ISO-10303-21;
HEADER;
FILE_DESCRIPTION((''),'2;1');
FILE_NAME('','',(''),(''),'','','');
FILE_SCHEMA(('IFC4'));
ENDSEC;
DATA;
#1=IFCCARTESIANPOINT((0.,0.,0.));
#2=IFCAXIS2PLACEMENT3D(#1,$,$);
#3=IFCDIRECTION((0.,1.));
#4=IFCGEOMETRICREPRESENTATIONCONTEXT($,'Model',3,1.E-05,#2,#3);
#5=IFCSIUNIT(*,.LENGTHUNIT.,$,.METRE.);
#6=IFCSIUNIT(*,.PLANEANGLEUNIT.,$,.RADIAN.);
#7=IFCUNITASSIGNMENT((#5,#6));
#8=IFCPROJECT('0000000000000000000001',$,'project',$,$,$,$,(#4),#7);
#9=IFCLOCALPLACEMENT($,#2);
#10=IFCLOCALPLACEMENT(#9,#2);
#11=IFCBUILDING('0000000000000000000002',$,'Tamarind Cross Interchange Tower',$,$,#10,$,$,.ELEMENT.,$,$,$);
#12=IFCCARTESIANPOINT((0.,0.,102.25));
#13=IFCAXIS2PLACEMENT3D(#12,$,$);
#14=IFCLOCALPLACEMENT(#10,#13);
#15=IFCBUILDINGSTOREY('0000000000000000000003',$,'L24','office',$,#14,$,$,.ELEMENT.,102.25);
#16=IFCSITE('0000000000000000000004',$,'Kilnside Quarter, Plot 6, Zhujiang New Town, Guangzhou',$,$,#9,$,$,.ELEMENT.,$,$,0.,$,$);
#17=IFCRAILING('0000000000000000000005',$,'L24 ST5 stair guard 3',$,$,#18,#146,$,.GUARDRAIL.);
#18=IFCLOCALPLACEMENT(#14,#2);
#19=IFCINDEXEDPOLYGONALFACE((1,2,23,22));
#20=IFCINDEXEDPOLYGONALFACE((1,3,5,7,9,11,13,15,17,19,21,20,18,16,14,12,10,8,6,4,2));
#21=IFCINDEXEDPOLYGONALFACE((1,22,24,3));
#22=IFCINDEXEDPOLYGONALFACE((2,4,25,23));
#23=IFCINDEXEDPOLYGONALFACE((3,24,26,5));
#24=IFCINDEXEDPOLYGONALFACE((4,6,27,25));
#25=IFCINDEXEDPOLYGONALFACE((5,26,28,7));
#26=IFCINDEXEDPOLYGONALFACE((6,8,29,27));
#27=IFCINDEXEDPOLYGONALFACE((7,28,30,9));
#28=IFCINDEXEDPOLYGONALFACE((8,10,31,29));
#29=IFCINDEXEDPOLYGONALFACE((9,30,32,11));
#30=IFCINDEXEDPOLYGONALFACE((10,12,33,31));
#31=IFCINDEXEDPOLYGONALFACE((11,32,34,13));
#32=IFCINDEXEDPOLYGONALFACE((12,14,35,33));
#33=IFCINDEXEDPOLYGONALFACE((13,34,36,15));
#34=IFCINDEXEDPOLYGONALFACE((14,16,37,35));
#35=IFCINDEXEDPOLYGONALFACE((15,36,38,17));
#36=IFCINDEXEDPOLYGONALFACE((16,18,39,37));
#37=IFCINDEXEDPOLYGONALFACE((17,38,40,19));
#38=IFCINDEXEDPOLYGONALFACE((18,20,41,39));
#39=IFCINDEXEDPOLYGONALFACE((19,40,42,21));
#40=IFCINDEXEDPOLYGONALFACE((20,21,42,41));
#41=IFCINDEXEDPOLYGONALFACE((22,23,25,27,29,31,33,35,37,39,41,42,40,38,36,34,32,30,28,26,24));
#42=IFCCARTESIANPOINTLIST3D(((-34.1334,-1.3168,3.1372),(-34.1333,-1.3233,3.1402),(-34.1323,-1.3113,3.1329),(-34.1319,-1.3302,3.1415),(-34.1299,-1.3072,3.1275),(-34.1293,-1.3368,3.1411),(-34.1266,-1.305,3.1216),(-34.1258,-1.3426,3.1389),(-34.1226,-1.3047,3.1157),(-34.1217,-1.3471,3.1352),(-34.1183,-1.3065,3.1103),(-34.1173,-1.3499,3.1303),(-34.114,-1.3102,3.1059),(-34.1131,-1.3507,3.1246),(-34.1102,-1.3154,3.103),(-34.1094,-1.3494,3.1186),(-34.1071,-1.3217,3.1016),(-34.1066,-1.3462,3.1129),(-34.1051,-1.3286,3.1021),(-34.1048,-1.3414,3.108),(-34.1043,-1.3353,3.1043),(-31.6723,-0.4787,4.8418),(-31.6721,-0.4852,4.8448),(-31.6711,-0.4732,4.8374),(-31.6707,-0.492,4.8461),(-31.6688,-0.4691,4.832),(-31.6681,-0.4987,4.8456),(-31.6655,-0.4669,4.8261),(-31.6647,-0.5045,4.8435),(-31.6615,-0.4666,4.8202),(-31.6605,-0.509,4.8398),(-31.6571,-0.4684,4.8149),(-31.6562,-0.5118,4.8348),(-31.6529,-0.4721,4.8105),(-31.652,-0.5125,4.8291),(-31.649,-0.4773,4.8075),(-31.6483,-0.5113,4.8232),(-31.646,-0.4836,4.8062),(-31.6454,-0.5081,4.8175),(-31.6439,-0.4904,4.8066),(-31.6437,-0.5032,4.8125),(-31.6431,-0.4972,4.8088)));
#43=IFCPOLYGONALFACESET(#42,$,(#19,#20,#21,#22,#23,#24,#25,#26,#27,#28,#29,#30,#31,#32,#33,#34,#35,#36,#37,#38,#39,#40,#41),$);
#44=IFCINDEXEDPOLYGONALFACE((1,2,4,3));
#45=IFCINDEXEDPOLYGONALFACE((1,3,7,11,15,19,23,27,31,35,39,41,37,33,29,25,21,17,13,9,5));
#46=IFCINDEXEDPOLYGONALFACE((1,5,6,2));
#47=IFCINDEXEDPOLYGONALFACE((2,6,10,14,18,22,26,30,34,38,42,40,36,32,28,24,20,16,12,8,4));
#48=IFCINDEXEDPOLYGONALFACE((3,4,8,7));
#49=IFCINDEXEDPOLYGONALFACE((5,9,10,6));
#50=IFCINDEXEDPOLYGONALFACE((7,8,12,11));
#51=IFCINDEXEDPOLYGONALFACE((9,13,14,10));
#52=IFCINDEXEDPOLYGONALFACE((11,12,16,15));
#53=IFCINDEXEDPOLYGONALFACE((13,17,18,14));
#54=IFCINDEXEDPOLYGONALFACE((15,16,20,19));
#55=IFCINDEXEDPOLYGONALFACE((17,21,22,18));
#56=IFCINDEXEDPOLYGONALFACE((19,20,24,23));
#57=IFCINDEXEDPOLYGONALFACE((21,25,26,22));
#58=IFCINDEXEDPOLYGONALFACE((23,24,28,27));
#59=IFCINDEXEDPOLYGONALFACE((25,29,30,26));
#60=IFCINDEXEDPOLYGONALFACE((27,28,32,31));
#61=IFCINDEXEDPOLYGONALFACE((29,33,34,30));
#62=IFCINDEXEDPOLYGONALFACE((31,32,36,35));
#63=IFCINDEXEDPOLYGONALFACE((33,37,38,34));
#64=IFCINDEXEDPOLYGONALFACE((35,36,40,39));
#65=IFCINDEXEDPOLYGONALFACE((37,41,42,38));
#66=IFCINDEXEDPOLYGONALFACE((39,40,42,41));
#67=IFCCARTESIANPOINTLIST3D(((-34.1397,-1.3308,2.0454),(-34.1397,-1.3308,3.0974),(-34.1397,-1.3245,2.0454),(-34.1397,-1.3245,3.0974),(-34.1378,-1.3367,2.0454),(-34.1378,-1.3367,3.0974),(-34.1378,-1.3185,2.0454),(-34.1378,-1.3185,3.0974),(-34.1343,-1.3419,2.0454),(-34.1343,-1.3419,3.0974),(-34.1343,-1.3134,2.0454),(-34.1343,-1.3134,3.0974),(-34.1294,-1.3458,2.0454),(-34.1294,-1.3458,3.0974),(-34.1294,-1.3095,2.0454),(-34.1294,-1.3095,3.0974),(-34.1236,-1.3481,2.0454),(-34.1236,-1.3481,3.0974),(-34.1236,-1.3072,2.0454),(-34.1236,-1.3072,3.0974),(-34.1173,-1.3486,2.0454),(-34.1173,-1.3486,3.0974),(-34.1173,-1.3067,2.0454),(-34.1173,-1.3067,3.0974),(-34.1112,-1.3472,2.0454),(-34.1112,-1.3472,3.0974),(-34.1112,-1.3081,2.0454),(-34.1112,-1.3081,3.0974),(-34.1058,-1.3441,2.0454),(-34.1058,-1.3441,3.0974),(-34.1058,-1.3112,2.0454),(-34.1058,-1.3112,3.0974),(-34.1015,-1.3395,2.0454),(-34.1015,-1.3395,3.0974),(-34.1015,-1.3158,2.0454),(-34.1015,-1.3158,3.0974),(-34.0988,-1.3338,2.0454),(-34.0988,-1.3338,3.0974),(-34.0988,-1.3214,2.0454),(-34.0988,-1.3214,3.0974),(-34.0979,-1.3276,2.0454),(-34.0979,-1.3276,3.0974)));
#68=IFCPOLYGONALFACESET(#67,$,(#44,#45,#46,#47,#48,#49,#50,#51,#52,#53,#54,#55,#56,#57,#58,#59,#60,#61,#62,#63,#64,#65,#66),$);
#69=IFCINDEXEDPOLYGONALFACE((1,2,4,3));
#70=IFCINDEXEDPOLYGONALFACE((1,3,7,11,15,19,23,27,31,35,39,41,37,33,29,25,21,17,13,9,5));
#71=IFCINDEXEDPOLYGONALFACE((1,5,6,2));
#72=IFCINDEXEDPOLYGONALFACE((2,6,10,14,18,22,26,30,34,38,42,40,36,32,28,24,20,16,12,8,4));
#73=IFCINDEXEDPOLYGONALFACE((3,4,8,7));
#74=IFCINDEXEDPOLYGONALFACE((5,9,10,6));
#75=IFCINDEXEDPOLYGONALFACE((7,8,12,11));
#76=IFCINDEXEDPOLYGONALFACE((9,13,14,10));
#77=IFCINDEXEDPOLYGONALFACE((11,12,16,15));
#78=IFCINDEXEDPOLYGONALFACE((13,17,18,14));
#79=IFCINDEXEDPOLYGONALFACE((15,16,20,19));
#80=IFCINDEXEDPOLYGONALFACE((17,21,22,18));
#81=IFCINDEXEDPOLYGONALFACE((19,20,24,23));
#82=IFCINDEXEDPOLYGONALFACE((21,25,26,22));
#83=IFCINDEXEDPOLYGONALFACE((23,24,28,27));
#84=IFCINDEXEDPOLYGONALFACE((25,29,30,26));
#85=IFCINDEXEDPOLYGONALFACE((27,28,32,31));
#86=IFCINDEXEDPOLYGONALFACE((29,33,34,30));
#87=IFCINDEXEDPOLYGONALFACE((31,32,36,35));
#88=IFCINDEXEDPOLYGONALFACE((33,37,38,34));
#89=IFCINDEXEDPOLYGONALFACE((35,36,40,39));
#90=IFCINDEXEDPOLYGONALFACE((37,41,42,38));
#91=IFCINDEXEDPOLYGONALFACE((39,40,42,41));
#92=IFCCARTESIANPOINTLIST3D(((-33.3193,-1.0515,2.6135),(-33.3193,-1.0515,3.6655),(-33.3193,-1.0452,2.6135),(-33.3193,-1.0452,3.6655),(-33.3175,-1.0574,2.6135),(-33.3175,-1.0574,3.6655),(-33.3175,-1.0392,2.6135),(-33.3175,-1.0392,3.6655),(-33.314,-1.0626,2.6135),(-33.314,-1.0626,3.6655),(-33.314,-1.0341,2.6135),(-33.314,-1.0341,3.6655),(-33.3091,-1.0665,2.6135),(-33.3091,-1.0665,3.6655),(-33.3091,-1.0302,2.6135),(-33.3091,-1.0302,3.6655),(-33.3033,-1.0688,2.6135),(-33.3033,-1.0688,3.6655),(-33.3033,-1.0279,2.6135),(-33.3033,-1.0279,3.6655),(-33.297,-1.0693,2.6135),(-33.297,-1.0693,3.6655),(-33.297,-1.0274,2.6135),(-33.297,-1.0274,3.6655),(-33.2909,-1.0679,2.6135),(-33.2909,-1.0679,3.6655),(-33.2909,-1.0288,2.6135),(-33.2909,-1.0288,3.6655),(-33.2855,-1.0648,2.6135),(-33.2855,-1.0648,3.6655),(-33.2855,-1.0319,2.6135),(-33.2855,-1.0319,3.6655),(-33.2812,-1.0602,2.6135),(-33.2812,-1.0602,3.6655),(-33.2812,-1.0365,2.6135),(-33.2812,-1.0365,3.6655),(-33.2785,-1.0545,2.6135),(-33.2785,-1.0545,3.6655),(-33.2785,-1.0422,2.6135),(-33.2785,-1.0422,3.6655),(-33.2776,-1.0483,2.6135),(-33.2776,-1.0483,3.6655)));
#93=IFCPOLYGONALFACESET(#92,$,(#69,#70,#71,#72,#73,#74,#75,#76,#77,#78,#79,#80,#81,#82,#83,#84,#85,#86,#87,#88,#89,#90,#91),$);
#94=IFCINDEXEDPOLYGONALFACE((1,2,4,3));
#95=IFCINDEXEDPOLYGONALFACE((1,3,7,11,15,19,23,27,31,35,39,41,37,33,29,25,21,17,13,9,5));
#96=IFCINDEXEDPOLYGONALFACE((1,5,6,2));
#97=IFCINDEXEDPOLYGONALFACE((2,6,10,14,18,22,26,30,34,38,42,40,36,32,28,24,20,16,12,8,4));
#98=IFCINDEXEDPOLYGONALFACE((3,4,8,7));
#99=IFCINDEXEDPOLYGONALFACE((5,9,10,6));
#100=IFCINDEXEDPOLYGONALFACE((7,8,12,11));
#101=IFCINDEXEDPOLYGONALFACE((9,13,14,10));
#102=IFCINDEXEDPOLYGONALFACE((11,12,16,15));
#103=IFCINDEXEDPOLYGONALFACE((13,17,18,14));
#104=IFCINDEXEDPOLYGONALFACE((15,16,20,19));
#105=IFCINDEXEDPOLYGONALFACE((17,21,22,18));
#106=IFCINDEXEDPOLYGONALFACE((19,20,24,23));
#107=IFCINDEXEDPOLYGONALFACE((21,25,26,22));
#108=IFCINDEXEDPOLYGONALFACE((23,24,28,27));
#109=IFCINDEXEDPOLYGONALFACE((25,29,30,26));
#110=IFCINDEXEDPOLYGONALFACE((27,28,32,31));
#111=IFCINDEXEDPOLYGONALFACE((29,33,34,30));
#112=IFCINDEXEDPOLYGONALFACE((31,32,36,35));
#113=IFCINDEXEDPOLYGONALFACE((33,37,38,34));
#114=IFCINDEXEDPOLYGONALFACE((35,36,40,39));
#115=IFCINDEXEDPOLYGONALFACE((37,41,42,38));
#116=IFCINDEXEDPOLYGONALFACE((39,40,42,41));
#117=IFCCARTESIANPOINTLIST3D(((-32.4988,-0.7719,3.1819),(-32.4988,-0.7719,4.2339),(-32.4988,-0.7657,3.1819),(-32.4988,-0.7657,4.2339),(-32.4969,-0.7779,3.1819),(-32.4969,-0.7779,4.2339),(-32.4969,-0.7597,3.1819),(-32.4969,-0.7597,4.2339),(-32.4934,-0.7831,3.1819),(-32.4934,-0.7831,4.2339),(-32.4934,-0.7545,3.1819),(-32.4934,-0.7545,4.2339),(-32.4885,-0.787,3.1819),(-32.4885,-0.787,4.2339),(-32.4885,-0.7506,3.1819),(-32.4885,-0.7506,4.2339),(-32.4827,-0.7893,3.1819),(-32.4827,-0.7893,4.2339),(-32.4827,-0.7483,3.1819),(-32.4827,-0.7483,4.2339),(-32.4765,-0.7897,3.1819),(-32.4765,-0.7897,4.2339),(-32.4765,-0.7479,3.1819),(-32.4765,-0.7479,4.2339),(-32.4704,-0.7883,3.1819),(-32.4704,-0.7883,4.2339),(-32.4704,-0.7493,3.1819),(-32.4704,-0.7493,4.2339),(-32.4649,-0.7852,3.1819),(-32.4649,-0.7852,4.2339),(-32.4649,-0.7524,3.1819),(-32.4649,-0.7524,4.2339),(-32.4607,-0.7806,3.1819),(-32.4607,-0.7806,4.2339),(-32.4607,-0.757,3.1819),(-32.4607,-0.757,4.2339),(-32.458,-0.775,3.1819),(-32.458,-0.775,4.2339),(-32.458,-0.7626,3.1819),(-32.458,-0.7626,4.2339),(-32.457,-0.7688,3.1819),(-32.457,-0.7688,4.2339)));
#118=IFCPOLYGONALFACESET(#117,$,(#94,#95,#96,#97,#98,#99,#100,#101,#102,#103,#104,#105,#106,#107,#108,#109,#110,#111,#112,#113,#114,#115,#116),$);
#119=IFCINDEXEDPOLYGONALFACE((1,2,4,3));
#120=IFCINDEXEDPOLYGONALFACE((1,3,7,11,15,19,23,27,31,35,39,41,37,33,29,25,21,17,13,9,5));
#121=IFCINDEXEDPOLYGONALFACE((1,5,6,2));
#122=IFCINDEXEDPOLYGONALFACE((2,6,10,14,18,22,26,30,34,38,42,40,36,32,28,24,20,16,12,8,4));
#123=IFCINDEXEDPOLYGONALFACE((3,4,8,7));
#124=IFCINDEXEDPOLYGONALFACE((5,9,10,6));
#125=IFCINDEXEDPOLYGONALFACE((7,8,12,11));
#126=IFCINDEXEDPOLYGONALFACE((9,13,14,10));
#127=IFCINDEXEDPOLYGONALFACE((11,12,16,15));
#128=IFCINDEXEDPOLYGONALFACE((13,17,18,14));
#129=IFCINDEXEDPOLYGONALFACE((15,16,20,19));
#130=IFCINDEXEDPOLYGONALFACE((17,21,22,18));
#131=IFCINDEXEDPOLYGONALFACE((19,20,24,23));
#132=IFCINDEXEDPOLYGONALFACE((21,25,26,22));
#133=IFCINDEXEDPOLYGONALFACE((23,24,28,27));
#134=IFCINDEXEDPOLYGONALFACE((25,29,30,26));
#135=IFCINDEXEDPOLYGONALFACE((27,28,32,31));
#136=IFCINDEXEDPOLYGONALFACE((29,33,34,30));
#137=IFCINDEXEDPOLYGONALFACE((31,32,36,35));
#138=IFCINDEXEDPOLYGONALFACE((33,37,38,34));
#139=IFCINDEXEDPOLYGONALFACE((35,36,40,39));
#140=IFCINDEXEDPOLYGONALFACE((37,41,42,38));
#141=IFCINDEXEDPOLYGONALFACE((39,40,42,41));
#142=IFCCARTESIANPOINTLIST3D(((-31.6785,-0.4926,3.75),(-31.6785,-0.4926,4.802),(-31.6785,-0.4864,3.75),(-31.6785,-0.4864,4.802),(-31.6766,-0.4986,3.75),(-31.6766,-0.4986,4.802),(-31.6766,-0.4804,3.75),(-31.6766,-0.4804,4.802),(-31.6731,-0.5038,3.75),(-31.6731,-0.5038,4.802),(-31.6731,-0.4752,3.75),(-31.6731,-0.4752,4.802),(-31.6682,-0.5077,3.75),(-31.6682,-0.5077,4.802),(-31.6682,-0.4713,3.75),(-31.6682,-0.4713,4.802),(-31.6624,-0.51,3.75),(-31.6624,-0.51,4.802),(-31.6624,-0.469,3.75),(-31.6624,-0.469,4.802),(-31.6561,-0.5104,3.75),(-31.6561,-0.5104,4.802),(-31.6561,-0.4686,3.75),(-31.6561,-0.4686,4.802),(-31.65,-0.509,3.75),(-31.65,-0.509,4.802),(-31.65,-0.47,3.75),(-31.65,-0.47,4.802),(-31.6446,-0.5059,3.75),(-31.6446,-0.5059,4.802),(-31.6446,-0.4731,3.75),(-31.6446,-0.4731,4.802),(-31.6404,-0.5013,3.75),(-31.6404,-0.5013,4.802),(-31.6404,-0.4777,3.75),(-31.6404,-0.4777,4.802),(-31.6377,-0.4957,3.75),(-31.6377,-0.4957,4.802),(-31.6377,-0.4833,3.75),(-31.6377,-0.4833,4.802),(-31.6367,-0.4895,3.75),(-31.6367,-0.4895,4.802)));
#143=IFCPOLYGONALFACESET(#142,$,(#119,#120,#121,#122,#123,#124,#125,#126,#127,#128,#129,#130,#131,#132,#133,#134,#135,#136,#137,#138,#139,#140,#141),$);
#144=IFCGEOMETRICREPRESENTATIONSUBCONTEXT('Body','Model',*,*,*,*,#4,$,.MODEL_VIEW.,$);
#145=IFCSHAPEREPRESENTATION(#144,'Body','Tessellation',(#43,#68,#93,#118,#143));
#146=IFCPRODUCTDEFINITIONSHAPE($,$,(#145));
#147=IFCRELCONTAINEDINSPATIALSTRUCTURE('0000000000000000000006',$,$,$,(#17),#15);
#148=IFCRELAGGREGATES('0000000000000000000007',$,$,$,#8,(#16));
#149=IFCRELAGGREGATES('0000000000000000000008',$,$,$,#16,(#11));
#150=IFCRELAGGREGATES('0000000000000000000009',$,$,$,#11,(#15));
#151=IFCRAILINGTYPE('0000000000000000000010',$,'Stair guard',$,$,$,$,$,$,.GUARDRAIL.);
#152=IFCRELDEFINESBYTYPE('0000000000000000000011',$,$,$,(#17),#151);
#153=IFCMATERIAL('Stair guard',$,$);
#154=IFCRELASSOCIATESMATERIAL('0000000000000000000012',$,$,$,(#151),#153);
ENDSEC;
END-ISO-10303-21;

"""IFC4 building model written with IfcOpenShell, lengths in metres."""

from ifc_helpers import new_model, si_unit, direction, frame, origin, origin_2d, place, context, subcontext, project, spatial, circle, extrude, material, type_object, element, save


model = new_model("IFC4")

# Units and contexts
model_context = context("Model", 3, precision=1e-05, world=origin(), true_north=direction((0.0, 1.0)))
body_context = subcontext(model_context, "Body", "Model", "MODEL_VIEW")
ifc_project = project(units=[si_unit("LENGTHUNIT", "METRE"), si_unit("PLANEANGLEUNIT", "RADIAN")], contexts=[model_context])

# Site, building, storey
site_placement = place(None, origin())
site = spatial("IfcSite", under=ifc_project, at=site_placement, Name="Kilnside Quarter, Plot 6, Zhujiang New Town, Guangzhou", CompositionType="ELEMENT", RefElevation=0.0)
building_placement = place(site_placement, origin())
building = spatial("IfcBuilding", under=site, at=building_placement, Name="Tamarind Cross Interchange Tower", CompositionType="ELEMENT")
storey_placement = place(building_placement, frame((0.0, 0.0, 102.25)))
storey = spatial("IfcBuildingStorey", under=building, at=storey_placement, Name="L24", Description="office", CompositionType="ELEMENT", Elevation=102.25)

# Railing
ifc_material_1 = material(Name="Stair guard")
railing_type_1 = type_object("IfcRailingType", Name="Stair guard", PredefinedType="GUARDRAIL", material=ifc_material_1)
railing_1_placement = place(storey_placement, frame((-34.1189, -1.3276, 2.0454)))
element("IfcRailing", 1, at=railing_1_placement, inside=storey, type_object=railing_type_1, Name="L24 ST5 stair guard 3", PredefinedType="GUARDRAIL", context=body_context, shape_type="SweptSolid", body=[
    extrude(circle(Radius=0.0239, at=origin_2d()), frame((0.0, 0.0, 1.0762), z_axis=(0.791646, 0.269589, 0.548286), x_axis=(-0.322362, 0.946616, 0.0)), (0.0, 0.0, 1.0), 3.1089),
    extrude(circle(Radius=0.021, at=origin_2d()), origin(), (0.0, 0.0, 1.0), 1.052),
    extrude(circle(Radius=0.021, at=origin_2d()), frame((0.8203, 0.2793, 0.5681)), (0.0, 0.0, 1.0), 1.052),
    extrude(circle(Radius=0.021, at=origin_2d()), frame((1.6409, 0.5588, 1.1365)), (0.0, 0.0, 1.0), 1.052),
    extrude(circle(Radius=0.021, at=origin_2d()), frame((2.4612, 0.8381, 1.7046)), (0.0, 0.0, 1.0), 1.052),
])

save(model, "model.ifc")
